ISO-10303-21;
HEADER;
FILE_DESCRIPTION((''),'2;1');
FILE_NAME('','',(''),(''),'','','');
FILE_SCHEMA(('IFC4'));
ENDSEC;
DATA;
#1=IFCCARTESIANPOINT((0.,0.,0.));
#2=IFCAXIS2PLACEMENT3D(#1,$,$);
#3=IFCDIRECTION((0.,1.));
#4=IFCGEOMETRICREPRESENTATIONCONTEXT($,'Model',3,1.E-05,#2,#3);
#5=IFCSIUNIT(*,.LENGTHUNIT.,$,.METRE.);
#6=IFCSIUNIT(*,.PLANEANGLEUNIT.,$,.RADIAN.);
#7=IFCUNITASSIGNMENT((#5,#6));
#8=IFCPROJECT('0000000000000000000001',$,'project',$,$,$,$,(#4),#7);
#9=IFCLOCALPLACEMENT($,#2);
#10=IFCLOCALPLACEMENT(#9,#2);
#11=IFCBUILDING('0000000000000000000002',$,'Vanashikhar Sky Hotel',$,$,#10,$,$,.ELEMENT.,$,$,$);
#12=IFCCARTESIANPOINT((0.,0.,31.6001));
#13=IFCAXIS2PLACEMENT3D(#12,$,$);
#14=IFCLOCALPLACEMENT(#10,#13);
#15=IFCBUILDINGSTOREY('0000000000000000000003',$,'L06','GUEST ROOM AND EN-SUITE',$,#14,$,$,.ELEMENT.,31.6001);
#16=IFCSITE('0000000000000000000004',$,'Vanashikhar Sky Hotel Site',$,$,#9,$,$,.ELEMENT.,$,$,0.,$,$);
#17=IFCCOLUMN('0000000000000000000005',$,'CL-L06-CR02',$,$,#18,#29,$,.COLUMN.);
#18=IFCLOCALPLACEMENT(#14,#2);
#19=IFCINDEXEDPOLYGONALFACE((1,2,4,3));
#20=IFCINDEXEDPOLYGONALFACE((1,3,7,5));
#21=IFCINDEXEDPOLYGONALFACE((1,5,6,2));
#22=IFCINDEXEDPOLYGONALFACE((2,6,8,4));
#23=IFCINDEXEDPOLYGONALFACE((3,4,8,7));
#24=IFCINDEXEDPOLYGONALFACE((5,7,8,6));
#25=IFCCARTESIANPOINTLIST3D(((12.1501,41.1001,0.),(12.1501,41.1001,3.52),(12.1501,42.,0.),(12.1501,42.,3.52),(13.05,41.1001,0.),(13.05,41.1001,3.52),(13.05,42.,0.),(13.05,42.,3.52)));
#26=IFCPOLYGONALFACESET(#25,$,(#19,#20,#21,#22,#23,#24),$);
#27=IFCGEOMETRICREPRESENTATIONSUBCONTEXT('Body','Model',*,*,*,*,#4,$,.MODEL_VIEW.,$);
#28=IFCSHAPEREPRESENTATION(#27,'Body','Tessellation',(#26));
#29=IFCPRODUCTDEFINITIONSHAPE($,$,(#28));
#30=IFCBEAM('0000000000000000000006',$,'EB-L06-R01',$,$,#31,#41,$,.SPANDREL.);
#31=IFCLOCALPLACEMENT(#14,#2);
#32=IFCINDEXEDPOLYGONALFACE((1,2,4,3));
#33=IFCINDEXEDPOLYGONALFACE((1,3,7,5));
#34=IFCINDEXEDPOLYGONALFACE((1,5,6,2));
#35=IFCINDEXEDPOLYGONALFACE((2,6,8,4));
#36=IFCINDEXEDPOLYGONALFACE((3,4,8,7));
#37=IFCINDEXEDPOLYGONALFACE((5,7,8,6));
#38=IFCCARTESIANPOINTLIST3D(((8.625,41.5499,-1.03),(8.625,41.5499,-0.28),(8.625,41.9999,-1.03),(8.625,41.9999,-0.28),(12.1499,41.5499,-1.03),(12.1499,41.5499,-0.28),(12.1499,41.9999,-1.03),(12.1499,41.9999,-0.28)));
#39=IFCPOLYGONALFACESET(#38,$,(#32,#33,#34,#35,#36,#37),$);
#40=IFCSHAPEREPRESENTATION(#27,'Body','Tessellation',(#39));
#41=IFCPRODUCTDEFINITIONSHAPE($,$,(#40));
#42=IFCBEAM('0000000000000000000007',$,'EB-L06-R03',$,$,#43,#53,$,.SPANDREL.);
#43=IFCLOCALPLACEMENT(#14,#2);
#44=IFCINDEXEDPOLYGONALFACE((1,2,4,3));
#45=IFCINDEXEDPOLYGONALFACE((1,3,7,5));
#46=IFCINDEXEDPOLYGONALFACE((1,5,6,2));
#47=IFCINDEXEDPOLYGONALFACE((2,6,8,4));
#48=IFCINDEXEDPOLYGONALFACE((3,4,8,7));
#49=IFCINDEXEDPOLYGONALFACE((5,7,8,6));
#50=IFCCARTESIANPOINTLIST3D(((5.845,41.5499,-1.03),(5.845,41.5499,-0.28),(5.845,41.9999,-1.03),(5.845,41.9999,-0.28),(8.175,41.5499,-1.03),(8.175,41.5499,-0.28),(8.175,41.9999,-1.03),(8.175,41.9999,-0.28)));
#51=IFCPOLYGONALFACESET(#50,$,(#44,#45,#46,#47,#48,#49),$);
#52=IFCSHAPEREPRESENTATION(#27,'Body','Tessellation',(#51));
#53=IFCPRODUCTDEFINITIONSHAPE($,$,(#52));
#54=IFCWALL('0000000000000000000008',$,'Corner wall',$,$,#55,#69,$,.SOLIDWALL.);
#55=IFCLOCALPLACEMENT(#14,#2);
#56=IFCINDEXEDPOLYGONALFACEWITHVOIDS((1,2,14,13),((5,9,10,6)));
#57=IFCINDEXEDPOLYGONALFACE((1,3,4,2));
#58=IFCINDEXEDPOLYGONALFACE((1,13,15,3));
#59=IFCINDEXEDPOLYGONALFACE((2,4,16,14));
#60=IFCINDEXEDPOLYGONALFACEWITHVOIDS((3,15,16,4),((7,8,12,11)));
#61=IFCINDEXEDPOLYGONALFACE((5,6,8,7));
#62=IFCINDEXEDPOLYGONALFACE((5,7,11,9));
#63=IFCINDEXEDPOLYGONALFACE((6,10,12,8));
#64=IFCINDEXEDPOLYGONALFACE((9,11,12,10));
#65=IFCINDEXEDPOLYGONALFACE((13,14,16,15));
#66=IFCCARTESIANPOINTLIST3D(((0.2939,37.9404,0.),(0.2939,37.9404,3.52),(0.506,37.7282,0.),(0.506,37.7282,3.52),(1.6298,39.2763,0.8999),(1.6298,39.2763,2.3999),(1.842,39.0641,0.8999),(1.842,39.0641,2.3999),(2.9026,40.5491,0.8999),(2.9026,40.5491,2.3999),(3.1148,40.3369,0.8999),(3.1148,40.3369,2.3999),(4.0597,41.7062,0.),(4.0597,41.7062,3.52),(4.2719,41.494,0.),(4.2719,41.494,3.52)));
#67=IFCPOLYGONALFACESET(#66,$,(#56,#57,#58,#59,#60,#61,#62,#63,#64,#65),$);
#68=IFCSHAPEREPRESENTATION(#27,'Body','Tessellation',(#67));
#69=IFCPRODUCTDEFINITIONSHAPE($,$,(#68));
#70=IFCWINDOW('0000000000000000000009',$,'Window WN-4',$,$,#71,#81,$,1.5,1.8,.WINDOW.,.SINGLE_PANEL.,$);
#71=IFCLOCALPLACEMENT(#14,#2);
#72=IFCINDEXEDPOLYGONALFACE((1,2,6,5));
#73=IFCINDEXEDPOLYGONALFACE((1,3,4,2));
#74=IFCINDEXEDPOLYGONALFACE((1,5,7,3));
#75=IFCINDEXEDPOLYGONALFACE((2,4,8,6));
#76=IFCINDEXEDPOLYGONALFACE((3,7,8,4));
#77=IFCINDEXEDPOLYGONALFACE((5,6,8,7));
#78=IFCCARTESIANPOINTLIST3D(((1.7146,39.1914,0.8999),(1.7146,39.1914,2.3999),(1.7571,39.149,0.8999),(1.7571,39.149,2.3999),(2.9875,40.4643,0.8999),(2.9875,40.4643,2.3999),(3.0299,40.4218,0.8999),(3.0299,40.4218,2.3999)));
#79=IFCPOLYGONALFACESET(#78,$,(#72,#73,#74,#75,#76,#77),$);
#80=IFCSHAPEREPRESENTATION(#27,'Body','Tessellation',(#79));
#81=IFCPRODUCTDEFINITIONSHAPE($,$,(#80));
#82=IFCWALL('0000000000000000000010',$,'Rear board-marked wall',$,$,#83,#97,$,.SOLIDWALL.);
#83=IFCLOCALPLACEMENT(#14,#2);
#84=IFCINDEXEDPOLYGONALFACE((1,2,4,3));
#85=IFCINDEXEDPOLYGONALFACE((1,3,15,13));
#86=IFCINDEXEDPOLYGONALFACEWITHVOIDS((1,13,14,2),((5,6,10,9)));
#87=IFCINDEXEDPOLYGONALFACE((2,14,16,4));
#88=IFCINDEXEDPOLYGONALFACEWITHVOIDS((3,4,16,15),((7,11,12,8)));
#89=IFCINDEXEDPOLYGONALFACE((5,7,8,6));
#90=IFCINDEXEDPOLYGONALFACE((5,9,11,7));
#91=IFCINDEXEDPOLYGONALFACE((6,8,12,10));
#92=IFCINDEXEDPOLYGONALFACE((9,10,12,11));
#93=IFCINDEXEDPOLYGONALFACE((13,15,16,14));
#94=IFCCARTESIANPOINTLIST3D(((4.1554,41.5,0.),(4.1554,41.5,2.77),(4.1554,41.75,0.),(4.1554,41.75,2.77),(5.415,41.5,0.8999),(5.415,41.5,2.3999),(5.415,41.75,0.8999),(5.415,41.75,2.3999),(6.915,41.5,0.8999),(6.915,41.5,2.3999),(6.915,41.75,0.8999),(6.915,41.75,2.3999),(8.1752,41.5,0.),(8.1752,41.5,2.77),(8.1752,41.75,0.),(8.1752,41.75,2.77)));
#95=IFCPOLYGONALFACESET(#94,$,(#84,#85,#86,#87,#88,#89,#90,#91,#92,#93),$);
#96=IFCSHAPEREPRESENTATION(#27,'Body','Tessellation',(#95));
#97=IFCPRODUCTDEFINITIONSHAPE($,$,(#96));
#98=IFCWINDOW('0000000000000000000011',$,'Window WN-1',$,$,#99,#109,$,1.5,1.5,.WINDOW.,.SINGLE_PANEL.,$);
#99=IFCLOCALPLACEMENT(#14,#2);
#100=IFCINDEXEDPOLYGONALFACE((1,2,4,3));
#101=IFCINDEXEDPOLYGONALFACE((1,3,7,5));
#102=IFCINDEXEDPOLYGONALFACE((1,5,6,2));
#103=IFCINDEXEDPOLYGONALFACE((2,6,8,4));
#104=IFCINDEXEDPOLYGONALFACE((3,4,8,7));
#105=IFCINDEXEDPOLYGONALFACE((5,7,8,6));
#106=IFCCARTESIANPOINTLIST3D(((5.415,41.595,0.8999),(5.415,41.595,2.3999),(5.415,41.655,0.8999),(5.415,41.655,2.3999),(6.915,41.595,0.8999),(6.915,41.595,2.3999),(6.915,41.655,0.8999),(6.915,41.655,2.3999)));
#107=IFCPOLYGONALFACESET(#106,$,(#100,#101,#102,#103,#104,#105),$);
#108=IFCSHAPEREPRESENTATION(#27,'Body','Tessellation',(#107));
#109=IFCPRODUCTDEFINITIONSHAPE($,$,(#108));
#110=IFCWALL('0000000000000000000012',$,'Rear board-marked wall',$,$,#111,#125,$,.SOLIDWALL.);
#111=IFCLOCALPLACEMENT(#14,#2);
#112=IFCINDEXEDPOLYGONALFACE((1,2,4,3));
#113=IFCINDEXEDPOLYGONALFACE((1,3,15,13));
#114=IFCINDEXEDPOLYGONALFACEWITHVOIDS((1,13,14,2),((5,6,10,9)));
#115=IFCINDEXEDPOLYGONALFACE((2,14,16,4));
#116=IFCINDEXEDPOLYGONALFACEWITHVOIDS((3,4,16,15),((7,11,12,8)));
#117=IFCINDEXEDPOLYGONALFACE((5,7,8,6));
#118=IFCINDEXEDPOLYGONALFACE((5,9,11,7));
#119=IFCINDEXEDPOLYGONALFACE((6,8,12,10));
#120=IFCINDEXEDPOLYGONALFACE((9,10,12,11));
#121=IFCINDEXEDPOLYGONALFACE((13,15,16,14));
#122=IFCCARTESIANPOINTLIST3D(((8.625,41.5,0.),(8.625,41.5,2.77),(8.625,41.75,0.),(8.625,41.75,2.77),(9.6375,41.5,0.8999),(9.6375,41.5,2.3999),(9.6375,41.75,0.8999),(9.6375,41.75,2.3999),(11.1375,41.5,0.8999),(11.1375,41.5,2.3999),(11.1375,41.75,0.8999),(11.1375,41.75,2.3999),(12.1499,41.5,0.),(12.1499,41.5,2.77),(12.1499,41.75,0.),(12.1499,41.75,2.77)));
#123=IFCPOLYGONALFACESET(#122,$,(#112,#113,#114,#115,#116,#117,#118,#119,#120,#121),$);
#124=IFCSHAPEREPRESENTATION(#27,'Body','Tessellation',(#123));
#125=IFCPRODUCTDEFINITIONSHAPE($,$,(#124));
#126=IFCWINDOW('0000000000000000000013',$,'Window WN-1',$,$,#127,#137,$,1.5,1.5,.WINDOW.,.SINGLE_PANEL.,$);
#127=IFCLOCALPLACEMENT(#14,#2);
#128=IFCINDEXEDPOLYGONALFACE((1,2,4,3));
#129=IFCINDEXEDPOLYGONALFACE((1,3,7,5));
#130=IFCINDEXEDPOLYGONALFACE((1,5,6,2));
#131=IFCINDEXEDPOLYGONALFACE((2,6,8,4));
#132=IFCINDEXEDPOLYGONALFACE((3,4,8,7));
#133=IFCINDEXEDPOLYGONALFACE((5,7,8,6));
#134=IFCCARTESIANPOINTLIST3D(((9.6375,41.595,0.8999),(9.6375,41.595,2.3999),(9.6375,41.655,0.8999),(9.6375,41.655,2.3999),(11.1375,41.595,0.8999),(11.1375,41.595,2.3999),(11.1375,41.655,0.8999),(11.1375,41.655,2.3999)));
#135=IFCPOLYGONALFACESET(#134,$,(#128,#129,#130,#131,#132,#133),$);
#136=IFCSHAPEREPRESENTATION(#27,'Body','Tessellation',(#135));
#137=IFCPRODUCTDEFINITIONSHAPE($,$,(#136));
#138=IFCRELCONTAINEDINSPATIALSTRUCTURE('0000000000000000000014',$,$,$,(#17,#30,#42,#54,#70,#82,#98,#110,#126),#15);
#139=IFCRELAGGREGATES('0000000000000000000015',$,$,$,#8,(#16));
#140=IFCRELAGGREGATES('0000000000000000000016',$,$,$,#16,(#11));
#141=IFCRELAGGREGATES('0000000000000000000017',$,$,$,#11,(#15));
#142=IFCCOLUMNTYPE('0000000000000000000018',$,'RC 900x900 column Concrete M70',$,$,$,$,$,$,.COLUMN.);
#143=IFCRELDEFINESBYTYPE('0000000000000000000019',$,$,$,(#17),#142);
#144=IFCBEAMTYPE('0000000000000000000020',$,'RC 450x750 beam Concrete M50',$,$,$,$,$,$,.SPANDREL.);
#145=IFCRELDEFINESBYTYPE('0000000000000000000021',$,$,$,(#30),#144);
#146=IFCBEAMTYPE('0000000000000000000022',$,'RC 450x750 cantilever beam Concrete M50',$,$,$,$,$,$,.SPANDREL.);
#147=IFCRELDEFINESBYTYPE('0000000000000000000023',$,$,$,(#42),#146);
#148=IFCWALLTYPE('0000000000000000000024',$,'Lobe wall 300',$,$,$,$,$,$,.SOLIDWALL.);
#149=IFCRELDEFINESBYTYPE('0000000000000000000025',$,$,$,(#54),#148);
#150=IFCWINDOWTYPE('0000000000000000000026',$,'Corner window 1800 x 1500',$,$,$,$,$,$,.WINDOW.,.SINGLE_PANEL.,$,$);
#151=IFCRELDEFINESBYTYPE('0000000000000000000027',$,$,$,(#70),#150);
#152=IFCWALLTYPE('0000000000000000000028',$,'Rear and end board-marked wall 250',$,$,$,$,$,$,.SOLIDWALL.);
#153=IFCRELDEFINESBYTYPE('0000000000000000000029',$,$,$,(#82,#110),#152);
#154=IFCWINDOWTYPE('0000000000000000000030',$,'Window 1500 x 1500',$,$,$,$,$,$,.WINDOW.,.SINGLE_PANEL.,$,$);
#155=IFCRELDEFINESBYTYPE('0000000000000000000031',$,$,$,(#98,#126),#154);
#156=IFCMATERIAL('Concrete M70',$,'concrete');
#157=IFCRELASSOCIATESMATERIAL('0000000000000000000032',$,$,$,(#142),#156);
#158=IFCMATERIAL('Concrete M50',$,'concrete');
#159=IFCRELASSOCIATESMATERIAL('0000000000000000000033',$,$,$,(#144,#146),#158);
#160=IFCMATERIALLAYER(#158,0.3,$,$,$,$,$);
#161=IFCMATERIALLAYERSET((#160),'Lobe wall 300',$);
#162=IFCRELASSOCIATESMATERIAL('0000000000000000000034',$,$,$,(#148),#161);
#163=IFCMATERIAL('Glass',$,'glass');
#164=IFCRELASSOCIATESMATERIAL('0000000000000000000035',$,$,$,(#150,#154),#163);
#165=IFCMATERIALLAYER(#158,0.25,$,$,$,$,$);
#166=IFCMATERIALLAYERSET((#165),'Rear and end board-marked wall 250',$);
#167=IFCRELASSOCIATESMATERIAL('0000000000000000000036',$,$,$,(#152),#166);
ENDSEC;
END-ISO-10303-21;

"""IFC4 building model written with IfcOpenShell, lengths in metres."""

from ifc_helpers import new_model, si_unit, direction, frame, frame_2d, origin, origin_2d, place, context, subcontext, project, spatial, rectangle, extrude, source, transform, mapped, material, layer, layer_set, material_profile, profile_set, type_object, element, fill, save


model = new_model("IFC4")

# Units and contexts
model_context = context("Model", 3, precision=1e-05, world=origin(), true_north=direction((0.0, 1.0)))
body_context = subcontext(model_context, "Body", "Model", "MODEL_VIEW")
ifc_project = project(units=[si_unit("LENGTHUNIT", "METRE"), si_unit("PLANEANGLEUNIT", "RADIAN")], contexts=[model_context])

# Site, building, storey
site_placement = place(None, origin())
site = spatial("IfcSite", under=ifc_project, at=site_placement, Name="Vanashikhar Sky Hotel Site", CompositionType="ELEMENT", RefElevation=0.0)
building_placement = place(site_placement, origin())
building = spatial("IfcBuilding", under=site, at=building_placement, Name="Vanashikhar Sky Hotel", CompositionType="ELEMENT")
storey_placement = place(building_placement, frame((0.0, 0.0, 31.6001)))
storey = spatial("IfcBuildingStorey", under=building, at=storey_placement, Name="L06", Description="GUEST ROOM AND EN-SUITE", CompositionType="ELEMENT", Elevation=31.6001)

# Column
ifc_material_1 = material(Name="Concrete M70", Category="concrete")
ifc_material_profile_1 = material_profile(ifc_material_1, rectangle(XDim=0.8999, YDim=0.8999, at=origin_2d()))
ifc_profile_set_1 = profile_set([ifc_material_profile_1], Name="RC 900x900 column Concrete M70")
column_type = type_object("IfcColumnType", Name="RC 900x900 column Concrete M70", PredefinedType="COLUMN", material=ifc_profile_set_1)
shared_shape_1 = source(origin(), body_context, "Body", "SweptSolid", [
    extrude(rectangle(XDim=0.8999, YDim=0.8999, at=origin_2d()), origin(), (0.0, 0.0, 1.0), 3.52),
])
column_placement = place(storey_placement, frame((12.6001, 41.55, 0.0), z_axis=(0.0, 0.0, 1.0), x_axis=(1.0, 0.0, 0.0)))
element("IfcColumn", 1, at=column_placement, inside=storey, type_object=column_type, Name="CL-L06-CR02", PredefinedType="COLUMN", context=body_context, shape_type="MappedRepresentation", body=[
    mapped(shared_shape_1, transform((0.0, 0.0, 0.0), scale=1.0)),
])

# Beams
ifc_material_2 = material(Name="Concrete M50", Category="concrete")
ifc_material_profile_2 = material_profile(ifc_material_2, rectangle(XDim=0.45, YDim=0.75, at=origin_2d()))
ifc_profile_set_2 = profile_set([ifc_material_profile_2], Name="RC 450x750 beam Concrete M50")
beam_type_1 = type_object("IfcBeamType", Name="RC 450x750 beam Concrete M50", PredefinedType="SPANDREL", material=ifc_profile_set_2)
shared_shape_2 = source(origin(), body_context, "Body", "SweptSolid", [
    extrude(rectangle(XDim=0.45, YDim=0.75, at=origin_2d()), origin(), (0.0, 0.0, 1.0), 3.5249),
])
beam_1_placement = place(storey_placement, frame((8.625, 41.7749, -0.655), z_axis=(1.0, 0.0, 0.0), x_axis=(0.0, 1.0, 0.0)))
element("IfcBeam", 2, at=beam_1_placement, inside=storey, type_object=beam_type_1, Name="EB-L06-R01", PredefinedType="SPANDREL", context=body_context, shape_type="MappedRepresentation", body=[
    mapped(shared_shape_2, transform((0.0, 0.0, 0.0), scale=1.0)),
])
ifc_material_profile_3 = material_profile(ifc_material_2, rectangle(XDim=0.45, YDim=0.75, at=origin_2d()))
ifc_profile_set_3 = profile_set([ifc_material_profile_3], Name="RC 450x750 cantilever beam Concrete M50")
beam_type_2 = type_object("IfcBeamType", Name="RC 450x750 cantilever beam Concrete M50", PredefinedType="SPANDREL", material=ifc_profile_set_3)
shared_shape_3 = source(origin(), body_context, "Body", "SweptSolid", [
    extrude(rectangle(XDim=0.45, YDim=0.75, at=origin_2d()), origin(), (0.0, 0.0, 1.0), 2.3301),
])
beam_2_placement = place(storey_placement, frame((5.845, 41.7749, -0.655), z_axis=(1.0, 0.0, 0.0), x_axis=(0.0, 1.0, 0.0)))
element("IfcBeam", 3, at=beam_2_placement, inside=storey, type_object=beam_type_2, Name="EB-L06-R03", PredefinedType="SPANDREL", context=body_context, shape_type="MappedRepresentation", body=[
    mapped(shared_shape_3, transform((0.0, 0.0, 0.0), scale=1.0)),
])

# Walls, openings, windows
ifc_layer_1 = layer(ifc_material_2, 0.3)
ifc_layer_set_1 = layer_set([ifc_layer_1], Name="Lobe wall 300")
wall_type_1 = type_object("IfcWallType", Name="Lobe wall 300", PredefinedType="SOLIDWALL", material=ifc_layer_set_1)
shared_shape_4 = source(origin(), body_context, "Body", "SweptSolid", [
    extrude(rectangle(XDim=5.3257, YDim=0.3, at=frame_2d((2.6628, 0.0))), origin(), (0.0, 0.0, 1.0), 3.52),
])
wall_1_placement = place(storey_placement, frame((4.1658, 41.6001, 0.0), z_axis=(0.0, 0.0, 1.0), x_axis=(-0.707107, -0.707107, 0.0)))
wall_1 = element("IfcWall", 4, at=wall_1_placement, inside=storey, type_object=wall_type_1, Name="Corner wall", PredefinedType="SOLIDWALL", context=body_context, shape_type="MappedRepresentation", body=[
    mapped(shared_shape_4, transform((0.0, 0.0, 0.0), scale=1.0)),
])
shared_shape_5 = source(origin(), body_context, "Body", "SweptSolid", [
    extrude(rectangle(XDim=1.8, YDim=1.5, at=frame_2d((0.8999, 0.75))), frame((0.0, 0.1602, 0.0), z_axis=(0.0, -1.0, 0.0), x_axis=(1.0, 0.0, 0.0)), (0.0, 0.0, 1.0), 0.3201),
])
opening_1_placement = place(wall_1_placement, frame((1.6365, 0.0, 0.8999)))
opening_1 = element("IfcOpeningElement", 5, at=opening_1_placement, cuts=wall_1, PredefinedType="OPENING", context=body_context, shape_type="MappedRepresentation", body=[
    mapped(shared_shape_5, transform((0.0, 0.0, 0.0), scale=1.0)),
])
ifc_material_3 = material(Name="Glass", Category="glass")
window_type_1 = type_object("IfcWindowType", Name="Corner window 1800 x 1500", PartitioningType="SINGLE_PANEL", PredefinedType="WINDOW", material=ifc_material_3)
shared_shape_6 = source(origin(), body_context, "Body", "SweptSolid", [
    extrude(rectangle(XDim=1.8, YDim=1.5, at=frame_2d((0.8999, 0.75))), frame((0.0, 0.03, 0.0), z_axis=(0.0, -1.0, 0.0), x_axis=(1.0, 0.0, 0.0)), (0.0, 0.0, 1.0), 0.0601),
])
window_1_placement = place(opening_1_placement, origin())
window_1 = element("IfcWindow", 6, at=window_1_placement, inside=storey, type_object=window_type_1, Name="Window WN-4", OverallHeight=1.5, OverallWidth=1.8, PartitioningType="SINGLE_PANEL", PredefinedType="WINDOW", context=body_context, shape_type="MappedRepresentation", body=[
    mapped(shared_shape_6, transform((0.0, 0.0, 0.0), scale=1.0)),
])
fill(opening_1, window_1)
ifc_layer_2 = layer(ifc_material_2, 0.25)
ifc_layer_set_2 = layer_set([ifc_layer_2], Name="Rear and end board-marked wall 250")
wall_type_2 = type_object("IfcWallType", Name="Rear and end board-marked wall 250", PredefinedType="SOLIDWALL", material=ifc_layer_set_2)
shared_shape_7 = source(origin(), body_context, "Body", "SweptSolid", [
    extrude(rectangle(XDim=4.0198, YDim=0.25, at=frame_2d((2.0098, 0.0))), origin(), (0.0, 0.0, 1.0), 2.77),
])
wall_2_placement = place(storey_placement, frame((8.175, 41.625, 0.0), z_axis=(0.0, 0.0, 1.0), x_axis=(-1.0, 0.0, 0.0)))
wall_2 = element("IfcWall", 7, at=wall_2_placement, inside=storey, type_object=wall_type_2, Name="Rear board-marked wall", PredefinedType="SOLIDWALL", context=body_context, shape_type="MappedRepresentation", body=[
    mapped(shared_shape_7, transform((0.0, 0.0, 0.0), scale=1.0)),
])
shared_shape_8 = source(origin(), body_context, "Body", "SweptSolid", [
    extrude(rectangle(XDim=1.5, YDim=1.5, at=frame_2d((0.75, 0.75))), frame((0.0, 0.135, 0.0), z_axis=(0.0, -1.0, 0.0), x_axis=(1.0, 0.0, 0.0)), (0.0, 0.0, 1.0), 0.27),
])
opening_2_placement = place(wall_2_placement, frame((1.26, 0.0, 0.8999)))
opening_2 = element("IfcOpeningElement", 8, at=opening_2_placement, cuts=wall_2, PredefinedType="OPENING", context=body_context, shape_type="MappedRepresentation", body=[
    mapped(shared_shape_8, transform((0.0, 0.0, 0.0), scale=1.0)),
])
window_type_2 = type_object("IfcWindowType", Name="Window 1500 x 1500", PartitioningType="SINGLE_PANEL", PredefinedType="WINDOW", material=ifc_material_3)
shared_shape_9 = source(origin(), body_context, "Body", "SweptSolid", [
    extrude(rectangle(XDim=1.5, YDim=1.5, at=frame_2d((0.75, 0.75))), frame((0.0, 0.03, 0.0), z_axis=(0.0, -1.0, 0.0), x_axis=(1.0, 0.0, 0.0)), (0.0, 0.0, 1.0), 0.0601),
])
window_2_placement = place(opening_2_placement, origin())
window_2 = element("IfcWindow", 9, at=window_2_placement, inside=storey, type_object=window_type_2, Name="Window WN-1", OverallHeight=1.5, OverallWidth=1.5, PartitioningType="SINGLE_PANEL", PredefinedType="WINDOW", context=body_context, shape_type="MappedRepresentation", body=[
    mapped(shared_shape_9, transform((0.0, 0.0, 0.0), scale=1.0)),
])
fill(opening_2, window_2)
shared_shape_10 = source(origin(), body_context, "Body", "SweptSolid", [
    extrude(rectangle(XDim=3.5249, YDim=0.25, at=frame_2d((1.7625, 0.0))), origin(), (0.0, 0.0, 1.0), 2.77),
])
wall_3_placement = place(storey_placement, frame((12.1499, 41.625, 0.0), z_axis=(0.0, 0.0, 1.0), x_axis=(-1.0, 0.0, 0.0)))
wall_3 = element("IfcWall", 10, at=wall_3_placement, inside=storey, type_object=wall_type_2, Name="Rear board-marked wall", PredefinedType="SOLIDWALL", context=body_context, shape_type="MappedRepresentation", body=[
    mapped(shared_shape_10, transform((0.0, 0.0, 0.0), scale=1.0)),
])
opening_3_placement = place(wall_3_placement, frame((1.0125, 0.0, 0.8999)))
opening_3 = element("IfcOpeningElement", 11, at=opening_3_placement, cuts=wall_3, PredefinedType="OPENING", context=body_context, shape_type="MappedRepresentation", body=[
    mapped(shared_shape_8, transform((0.0, 0.0, 0.0), scale=1.0)),
])
window_3_placement = place(opening_3_placement, origin())
window_3 = element("IfcWindow", 12, at=window_3_placement, inside=storey, type_object=window_type_2, Name="Window WN-1", OverallHeight=1.5, OverallWidth=1.5, PartitioningType="SINGLE_PANEL", PredefinedType="WINDOW", context=body_context, shape_type="MappedRepresentation", body=[
    mapped(shared_shape_9, transform((0.0, 0.0, 0.0), scale=1.0)),
])
fill(opening_3, window_3)

save(model, "model.ifc")
